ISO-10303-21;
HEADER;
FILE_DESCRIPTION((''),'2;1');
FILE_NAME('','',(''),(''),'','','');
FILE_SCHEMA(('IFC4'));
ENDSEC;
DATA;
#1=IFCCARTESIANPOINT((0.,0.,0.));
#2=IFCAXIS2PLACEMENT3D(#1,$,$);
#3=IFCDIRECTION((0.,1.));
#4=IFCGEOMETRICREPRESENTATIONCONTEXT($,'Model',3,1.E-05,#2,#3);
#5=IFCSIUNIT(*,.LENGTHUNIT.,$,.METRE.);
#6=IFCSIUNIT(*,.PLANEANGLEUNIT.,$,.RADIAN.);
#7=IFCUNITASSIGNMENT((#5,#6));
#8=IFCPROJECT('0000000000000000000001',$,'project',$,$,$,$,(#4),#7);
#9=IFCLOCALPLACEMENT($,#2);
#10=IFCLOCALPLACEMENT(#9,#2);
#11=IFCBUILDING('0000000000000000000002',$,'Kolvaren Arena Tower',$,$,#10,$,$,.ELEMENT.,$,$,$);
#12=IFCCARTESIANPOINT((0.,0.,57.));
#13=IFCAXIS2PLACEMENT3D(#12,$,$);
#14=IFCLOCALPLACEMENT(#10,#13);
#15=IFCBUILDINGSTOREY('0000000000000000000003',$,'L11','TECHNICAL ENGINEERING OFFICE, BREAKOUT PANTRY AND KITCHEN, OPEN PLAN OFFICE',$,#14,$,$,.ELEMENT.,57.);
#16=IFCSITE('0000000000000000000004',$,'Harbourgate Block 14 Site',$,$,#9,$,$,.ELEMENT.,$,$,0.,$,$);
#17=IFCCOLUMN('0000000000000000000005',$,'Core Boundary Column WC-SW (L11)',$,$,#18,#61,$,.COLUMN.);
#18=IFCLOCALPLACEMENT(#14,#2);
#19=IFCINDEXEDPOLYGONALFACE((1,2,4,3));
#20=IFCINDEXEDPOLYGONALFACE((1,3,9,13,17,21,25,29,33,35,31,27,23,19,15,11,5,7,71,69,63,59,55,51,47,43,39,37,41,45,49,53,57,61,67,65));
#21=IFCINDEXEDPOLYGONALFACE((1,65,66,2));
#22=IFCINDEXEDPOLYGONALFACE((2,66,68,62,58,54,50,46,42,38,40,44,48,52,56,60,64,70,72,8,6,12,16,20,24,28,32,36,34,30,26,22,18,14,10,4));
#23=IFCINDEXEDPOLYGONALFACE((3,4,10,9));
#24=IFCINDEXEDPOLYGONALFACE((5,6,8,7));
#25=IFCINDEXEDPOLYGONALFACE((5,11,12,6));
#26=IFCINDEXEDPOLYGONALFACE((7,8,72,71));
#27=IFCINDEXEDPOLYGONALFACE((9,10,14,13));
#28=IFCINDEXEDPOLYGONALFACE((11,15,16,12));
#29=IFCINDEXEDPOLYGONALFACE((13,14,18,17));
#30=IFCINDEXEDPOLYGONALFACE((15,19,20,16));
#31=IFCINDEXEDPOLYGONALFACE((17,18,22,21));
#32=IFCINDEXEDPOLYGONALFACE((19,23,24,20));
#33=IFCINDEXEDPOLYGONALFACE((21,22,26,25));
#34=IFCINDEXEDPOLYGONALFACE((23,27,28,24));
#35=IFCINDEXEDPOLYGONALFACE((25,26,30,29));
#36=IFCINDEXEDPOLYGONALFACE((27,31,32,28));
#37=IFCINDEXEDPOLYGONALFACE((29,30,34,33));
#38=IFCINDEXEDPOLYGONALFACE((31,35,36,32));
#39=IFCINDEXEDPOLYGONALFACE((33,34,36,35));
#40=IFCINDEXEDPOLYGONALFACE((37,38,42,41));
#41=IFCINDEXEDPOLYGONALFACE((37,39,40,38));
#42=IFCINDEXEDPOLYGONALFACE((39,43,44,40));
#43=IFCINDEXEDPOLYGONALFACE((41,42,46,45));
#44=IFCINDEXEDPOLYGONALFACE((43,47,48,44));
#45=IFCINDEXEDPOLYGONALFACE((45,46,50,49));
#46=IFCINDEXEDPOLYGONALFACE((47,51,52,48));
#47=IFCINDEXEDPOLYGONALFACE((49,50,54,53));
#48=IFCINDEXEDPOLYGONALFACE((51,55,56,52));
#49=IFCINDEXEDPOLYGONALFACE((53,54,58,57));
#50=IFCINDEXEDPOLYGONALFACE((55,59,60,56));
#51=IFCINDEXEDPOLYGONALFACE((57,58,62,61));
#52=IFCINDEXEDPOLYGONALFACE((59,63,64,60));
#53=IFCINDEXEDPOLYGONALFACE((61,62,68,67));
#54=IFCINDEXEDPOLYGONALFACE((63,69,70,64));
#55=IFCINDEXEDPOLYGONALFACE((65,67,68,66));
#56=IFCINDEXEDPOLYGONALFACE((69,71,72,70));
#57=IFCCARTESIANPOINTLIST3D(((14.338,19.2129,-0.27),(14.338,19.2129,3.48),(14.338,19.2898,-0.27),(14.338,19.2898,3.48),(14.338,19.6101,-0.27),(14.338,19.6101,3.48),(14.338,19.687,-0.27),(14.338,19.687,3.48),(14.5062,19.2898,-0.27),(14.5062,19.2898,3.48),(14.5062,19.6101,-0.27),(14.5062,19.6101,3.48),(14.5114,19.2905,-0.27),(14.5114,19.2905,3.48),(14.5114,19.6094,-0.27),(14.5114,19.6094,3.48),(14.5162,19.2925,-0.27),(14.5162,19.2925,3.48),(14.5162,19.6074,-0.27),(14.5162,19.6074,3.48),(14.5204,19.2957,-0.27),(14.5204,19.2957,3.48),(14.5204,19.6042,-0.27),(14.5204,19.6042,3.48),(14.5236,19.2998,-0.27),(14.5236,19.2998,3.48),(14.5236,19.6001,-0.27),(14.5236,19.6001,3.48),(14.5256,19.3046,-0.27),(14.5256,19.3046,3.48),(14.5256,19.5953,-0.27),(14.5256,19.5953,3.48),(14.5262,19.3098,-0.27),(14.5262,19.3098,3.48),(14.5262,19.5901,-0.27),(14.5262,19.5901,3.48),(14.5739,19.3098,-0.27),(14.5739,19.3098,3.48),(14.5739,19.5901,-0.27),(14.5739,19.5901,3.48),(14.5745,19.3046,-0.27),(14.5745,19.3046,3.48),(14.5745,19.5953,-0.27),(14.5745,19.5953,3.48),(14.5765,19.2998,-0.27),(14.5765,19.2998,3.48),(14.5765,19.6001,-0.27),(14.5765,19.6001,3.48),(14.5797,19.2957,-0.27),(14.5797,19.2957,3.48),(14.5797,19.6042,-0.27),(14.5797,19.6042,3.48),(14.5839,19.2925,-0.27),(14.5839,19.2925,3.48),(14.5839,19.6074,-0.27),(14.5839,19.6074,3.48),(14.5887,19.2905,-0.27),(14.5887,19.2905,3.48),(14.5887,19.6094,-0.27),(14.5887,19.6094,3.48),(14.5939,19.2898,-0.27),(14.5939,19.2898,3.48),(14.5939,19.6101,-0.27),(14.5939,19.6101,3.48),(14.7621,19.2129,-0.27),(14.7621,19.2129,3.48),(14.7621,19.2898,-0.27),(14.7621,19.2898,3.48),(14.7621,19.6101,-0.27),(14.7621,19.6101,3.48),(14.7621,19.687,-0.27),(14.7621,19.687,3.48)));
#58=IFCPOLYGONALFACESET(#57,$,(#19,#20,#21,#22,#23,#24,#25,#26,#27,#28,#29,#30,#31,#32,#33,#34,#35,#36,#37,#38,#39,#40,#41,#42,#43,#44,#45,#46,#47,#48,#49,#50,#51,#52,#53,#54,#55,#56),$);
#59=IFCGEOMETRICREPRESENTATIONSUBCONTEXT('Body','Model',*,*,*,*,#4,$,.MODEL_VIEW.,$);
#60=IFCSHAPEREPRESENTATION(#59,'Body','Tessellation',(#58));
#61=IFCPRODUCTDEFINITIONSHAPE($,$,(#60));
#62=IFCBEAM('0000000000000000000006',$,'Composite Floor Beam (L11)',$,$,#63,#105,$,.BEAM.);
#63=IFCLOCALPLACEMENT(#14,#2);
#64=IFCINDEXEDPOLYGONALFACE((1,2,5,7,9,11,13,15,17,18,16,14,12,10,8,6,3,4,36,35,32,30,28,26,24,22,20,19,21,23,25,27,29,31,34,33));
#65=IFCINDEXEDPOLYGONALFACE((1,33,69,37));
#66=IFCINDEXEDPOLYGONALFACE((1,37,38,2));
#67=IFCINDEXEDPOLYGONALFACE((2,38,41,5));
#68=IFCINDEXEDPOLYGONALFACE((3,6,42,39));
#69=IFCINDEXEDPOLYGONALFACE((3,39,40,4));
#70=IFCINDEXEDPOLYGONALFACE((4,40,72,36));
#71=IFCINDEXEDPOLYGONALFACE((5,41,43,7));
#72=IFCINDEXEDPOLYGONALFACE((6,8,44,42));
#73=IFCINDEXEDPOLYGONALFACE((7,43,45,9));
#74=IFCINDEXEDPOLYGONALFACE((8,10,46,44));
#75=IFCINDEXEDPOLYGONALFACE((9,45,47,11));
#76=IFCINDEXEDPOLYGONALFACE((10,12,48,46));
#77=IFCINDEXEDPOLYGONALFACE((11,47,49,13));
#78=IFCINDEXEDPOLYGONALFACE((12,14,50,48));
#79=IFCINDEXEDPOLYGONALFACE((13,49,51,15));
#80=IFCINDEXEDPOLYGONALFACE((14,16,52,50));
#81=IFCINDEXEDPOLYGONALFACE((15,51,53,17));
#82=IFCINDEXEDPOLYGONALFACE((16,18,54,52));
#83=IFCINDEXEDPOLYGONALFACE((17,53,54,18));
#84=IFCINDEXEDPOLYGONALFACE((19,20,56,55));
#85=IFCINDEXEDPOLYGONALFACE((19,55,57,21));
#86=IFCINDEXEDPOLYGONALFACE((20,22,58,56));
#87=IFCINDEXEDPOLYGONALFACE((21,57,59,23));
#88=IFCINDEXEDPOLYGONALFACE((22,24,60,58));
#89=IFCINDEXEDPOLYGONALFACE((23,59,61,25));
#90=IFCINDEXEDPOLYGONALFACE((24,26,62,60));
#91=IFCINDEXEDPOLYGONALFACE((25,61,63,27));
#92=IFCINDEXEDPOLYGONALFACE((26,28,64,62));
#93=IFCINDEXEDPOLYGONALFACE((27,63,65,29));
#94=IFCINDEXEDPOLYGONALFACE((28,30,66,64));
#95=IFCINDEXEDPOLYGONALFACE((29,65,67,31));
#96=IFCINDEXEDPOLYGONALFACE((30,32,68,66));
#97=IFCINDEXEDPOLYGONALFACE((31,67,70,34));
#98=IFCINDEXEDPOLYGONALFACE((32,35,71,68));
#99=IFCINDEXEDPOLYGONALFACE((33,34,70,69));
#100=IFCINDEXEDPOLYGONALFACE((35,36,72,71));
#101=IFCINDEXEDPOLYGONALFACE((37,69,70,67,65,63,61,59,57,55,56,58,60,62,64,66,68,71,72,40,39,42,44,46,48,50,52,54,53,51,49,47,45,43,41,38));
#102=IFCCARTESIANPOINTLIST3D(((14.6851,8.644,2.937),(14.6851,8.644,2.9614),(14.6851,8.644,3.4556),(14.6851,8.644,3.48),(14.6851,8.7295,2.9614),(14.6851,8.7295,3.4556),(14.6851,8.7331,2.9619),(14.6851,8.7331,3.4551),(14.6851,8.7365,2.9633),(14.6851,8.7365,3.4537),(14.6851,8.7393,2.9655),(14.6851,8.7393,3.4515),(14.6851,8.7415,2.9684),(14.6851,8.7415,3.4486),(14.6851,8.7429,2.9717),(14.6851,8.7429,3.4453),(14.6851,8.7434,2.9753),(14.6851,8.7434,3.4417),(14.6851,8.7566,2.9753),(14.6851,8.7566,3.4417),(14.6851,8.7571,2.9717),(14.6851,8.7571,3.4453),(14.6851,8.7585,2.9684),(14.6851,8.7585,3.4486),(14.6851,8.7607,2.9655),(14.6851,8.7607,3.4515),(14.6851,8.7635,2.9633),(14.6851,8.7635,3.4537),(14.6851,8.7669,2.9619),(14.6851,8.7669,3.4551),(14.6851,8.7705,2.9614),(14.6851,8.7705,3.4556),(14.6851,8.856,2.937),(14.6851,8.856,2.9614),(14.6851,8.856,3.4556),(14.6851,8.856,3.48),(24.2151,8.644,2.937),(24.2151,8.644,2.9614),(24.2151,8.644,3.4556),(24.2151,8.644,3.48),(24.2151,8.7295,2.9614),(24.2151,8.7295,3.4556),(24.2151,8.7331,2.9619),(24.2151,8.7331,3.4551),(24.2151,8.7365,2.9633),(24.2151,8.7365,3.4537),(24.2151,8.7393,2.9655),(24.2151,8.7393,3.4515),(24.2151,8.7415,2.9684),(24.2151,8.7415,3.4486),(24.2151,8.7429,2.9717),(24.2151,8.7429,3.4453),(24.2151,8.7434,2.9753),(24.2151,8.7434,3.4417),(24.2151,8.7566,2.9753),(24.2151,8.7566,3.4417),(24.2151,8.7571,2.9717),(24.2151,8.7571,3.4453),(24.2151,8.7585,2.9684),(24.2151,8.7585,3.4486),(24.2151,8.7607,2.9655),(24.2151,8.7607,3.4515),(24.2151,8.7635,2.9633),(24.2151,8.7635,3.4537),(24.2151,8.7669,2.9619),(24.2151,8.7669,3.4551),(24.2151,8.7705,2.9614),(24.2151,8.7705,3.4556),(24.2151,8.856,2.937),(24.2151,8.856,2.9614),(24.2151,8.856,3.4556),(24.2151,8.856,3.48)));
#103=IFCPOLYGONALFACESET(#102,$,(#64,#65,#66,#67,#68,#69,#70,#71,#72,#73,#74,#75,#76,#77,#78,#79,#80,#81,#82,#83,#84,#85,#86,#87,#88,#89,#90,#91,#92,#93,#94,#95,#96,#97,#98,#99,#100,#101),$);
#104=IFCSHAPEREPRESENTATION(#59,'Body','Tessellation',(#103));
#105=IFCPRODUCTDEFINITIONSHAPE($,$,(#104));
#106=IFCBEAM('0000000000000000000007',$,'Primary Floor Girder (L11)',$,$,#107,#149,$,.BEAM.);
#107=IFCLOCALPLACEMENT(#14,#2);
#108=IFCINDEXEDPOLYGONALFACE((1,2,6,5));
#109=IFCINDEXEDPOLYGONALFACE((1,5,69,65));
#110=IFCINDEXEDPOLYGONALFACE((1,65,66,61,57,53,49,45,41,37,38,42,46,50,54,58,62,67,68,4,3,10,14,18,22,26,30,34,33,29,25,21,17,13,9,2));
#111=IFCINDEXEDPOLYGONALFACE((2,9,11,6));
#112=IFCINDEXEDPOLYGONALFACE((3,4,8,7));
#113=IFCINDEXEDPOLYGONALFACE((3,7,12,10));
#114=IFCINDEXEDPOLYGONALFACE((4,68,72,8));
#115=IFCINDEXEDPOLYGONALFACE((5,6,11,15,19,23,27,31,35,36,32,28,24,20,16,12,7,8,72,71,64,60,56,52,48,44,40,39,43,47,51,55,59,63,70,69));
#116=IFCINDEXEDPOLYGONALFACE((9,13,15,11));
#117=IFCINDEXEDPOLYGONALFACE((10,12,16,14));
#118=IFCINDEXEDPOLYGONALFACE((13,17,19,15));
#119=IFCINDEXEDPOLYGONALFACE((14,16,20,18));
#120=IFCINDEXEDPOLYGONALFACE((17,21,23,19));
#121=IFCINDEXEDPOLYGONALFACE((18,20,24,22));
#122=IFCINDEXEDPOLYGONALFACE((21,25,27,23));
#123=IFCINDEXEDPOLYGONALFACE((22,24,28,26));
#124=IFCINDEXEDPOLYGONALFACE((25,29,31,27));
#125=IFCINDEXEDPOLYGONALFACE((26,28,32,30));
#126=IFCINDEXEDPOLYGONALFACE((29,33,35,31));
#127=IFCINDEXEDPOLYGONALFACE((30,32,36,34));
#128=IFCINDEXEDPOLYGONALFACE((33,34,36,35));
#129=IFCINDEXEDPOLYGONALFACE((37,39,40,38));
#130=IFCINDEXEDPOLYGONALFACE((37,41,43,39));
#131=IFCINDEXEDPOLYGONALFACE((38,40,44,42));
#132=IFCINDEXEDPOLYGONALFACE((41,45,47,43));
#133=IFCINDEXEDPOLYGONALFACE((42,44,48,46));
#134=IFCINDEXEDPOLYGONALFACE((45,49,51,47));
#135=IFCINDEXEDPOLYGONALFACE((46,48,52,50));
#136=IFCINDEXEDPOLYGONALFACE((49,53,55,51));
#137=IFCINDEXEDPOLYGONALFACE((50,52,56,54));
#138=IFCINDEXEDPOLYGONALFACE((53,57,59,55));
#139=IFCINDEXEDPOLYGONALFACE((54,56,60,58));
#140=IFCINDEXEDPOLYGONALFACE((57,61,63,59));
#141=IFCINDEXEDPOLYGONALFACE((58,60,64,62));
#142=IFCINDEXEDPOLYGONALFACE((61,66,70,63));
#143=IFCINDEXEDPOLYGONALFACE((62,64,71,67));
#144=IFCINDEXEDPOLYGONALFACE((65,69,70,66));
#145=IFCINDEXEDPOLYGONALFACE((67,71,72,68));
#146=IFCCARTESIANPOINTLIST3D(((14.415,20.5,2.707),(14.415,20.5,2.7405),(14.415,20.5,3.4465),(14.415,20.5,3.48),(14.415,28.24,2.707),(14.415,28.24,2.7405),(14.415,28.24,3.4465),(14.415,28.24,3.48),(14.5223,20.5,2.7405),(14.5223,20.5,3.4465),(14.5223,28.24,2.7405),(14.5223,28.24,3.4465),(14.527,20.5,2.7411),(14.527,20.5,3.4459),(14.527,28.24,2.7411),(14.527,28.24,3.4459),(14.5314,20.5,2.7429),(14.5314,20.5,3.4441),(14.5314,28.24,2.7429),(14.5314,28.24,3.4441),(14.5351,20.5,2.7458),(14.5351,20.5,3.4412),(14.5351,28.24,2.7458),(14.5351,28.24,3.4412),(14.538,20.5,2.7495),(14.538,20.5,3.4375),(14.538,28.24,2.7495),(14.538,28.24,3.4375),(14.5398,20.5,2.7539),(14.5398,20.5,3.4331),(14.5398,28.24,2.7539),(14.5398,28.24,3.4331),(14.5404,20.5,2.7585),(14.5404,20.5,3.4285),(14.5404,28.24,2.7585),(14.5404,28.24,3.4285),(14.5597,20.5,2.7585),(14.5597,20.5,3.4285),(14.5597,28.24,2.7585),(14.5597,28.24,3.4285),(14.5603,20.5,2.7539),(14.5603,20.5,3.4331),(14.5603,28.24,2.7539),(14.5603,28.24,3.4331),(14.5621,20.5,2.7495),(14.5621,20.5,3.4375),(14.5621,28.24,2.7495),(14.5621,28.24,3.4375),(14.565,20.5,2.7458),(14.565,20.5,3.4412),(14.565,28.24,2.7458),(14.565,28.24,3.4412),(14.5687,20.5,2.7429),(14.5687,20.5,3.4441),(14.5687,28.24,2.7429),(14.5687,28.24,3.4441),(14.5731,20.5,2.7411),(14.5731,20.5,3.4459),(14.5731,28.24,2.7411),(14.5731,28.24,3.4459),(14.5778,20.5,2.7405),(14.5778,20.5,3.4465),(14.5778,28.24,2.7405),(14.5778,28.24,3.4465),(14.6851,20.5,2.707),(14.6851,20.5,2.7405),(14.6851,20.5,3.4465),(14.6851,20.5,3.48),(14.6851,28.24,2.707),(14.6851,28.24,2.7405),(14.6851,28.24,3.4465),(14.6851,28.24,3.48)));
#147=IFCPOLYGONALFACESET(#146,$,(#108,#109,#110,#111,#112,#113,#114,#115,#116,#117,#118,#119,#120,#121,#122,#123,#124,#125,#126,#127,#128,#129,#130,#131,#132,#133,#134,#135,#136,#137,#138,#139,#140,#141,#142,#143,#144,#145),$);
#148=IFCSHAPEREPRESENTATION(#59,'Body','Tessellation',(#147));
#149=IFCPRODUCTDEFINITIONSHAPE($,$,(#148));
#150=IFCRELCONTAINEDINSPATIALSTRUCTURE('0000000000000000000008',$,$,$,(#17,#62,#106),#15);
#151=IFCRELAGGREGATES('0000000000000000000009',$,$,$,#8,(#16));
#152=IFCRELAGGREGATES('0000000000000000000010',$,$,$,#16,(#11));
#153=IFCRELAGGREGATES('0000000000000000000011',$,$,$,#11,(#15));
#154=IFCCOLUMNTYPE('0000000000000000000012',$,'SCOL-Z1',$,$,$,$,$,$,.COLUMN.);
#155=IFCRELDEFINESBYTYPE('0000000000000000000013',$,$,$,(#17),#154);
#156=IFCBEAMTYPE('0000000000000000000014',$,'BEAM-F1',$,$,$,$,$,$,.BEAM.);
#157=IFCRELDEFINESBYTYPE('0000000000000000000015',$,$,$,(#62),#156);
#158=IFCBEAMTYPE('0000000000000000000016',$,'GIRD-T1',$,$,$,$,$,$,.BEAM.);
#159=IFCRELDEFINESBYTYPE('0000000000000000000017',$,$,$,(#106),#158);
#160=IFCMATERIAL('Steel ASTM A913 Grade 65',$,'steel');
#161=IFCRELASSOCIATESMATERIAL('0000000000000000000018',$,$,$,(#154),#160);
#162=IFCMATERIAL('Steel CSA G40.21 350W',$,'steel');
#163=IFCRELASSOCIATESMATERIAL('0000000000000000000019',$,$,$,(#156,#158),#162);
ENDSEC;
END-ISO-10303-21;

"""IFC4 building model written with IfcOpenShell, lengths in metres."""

from ifc_helpers import new_model, si_unit, direction, frame, origin, origin_2d, place, context, subcontext, project, spatial, i_section, extrude, material, material_profile, profile_set, type_object, element, save


model = new_model("IFC4")

# Units and contexts
model_context = context("Model", 3, precision=1e-05, world=origin(), true_north=direction((0.0, 1.0)))
body_context = subcontext(model_context, "Body", "Model", "MODEL_VIEW")
ifc_project = project(units=[si_unit("LENGTHUNIT", "METRE"), si_unit("PLANEANGLEUNIT", "RADIAN")], contexts=[model_context])

# Site, building, storey
site_placement = place(None, origin())
site = spatial("IfcSite", under=ifc_project, at=site_placement, Name="Harbourgate Block 14 Site", CompositionType="ELEMENT", RefElevation=0.0)
building_placement = place(site_placement, origin())
building = spatial("IfcBuilding", under=site, at=building_placement, Name="Kolvaren Arena Tower", CompositionType="ELEMENT")
storey_placement = place(building_placement, frame((0.0, 0.0, 57.0)))
storey = spatial("IfcBuildingStorey", under=building, at=storey_placement, Name="L11", Description="TECHNICAL ENGINEERING OFFICE, BREAKOUT PANTRY AND KITCHEN, OPEN PLAN OFFICE", CompositionType="ELEMENT", Elevation=57.0)

# Column
ifc_material_1 = material(Name="Steel ASTM A913 Grade 65", Category="steel")
ifc_material_profile_1 = material_profile(ifc_material_1, i_section(OverallWidth=0.4241, OverallDepth=0.4741, WebThickness=0.0476, FlangeThickness=0.0769, FilletRadius=0.02, at=origin_2d()), Name="W360x634")
ifc_profile_set_1 = profile_set([ifc_material_profile_1], Name="Steel ASTM A913 Grade 65")
column_type = type_object("IfcColumnType", Name="SCOL-Z1", PredefinedType="COLUMN", material=ifc_profile_set_1)
column_placement = place(storey_placement, frame((14.55, 19.45, -0.27), z_axis=(0.0, 0.0, 1.0), x_axis=(1.0, 0.0, 0.0)))
element("IfcColumn", 1, at=column_placement, inside=storey, type_object=column_type, Name="Core Boundary Column WC-SW (L11)", PredefinedType="COLUMN", context=body_context, shape_type="SweptSolid", body=[
    extrude(i_section(OverallWidth=0.4241, OverallDepth=0.4741, WebThickness=0.0476, FlangeThickness=0.0769, FilletRadius=0.02, at=origin_2d()), origin(), (0.0, 0.0, 1.0), 3.75),
])

# Beams
ifc_material_2 = material(Name="Steel CSA G40.21 350W", Category="steel")
ifc_material_profile_2 = material_profile(ifc_material_2, i_section(OverallWidth=0.2119, OverallDepth=0.543, WebThickness=0.0132, FlangeThickness=0.0244, FilletRadius=0.0139, at=origin_2d()), Name="W530x150")
ifc_profile_set_2 = profile_set([ifc_material_profile_2], Name="Steel CSA G40.21 350W")
beam_type_1 = type_object("IfcBeamType", Name="BEAM-F1", PredefinedType="BEAM", material=ifc_profile_set_2)
beam_1_placement = place(storey_placement, frame((14.6851, 8.75, 3.2085), z_axis=(1.0, 0.0, 0.0), x_axis=(0.0, 1.0, 0.0)))
element("IfcBeam", 2, at=beam_1_placement, inside=storey, type_object=beam_type_1, Name="Composite Floor Beam (L11)", PredefinedType="BEAM", context=body_context, shape_type="SweptSolid", body=[
    extrude(i_section(OverallWidth=0.2119, OverallDepth=0.543, WebThickness=0.0132, FlangeThickness=0.0244, FilletRadius=0.0139, at=origin_2d()), origin(), (0.0, 0.0, 1.0), 9.53),
])
ifc_material_profile_3 = material_profile(ifc_material_2, i_section(OverallWidth=0.27, OverallDepth=0.7729, WebThickness=0.0193, FlangeThickness=0.0334, FilletRadius=0.0181, at=origin_2d()), Name="W760x257")
ifc_profile_set_3 = profile_set([ifc_material_profile_3], Name="Steel CSA G40.21 350W")
beam_type_2 = type_object("IfcBeamType", Name="GIRD-T1", PredefinedType="BEAM", material=ifc_profile_set_3)
beam_2_placement = place(storey_placement, frame((14.55, 20.5, 3.0935), z_axis=(0.0, 1.0, 0.0), x_axis=(-1.0, 0.0, 0.0)))
element("IfcBeam", 3, at=beam_2_placement, inside=storey, type_object=beam_type_2, Name="Primary Floor Girder (L11)", PredefinedType="BEAM", context=body_context, shape_type="SweptSolid", body=[
    extrude(i_section(OverallWidth=0.27, OverallDepth=0.7729, WebThickness=0.0193, FlangeThickness=0.0334, FilletRadius=0.0181, at=origin_2d()), origin(), (0.0, 0.0, 1.0), 7.74),
])

save(model, "model.ifc")
